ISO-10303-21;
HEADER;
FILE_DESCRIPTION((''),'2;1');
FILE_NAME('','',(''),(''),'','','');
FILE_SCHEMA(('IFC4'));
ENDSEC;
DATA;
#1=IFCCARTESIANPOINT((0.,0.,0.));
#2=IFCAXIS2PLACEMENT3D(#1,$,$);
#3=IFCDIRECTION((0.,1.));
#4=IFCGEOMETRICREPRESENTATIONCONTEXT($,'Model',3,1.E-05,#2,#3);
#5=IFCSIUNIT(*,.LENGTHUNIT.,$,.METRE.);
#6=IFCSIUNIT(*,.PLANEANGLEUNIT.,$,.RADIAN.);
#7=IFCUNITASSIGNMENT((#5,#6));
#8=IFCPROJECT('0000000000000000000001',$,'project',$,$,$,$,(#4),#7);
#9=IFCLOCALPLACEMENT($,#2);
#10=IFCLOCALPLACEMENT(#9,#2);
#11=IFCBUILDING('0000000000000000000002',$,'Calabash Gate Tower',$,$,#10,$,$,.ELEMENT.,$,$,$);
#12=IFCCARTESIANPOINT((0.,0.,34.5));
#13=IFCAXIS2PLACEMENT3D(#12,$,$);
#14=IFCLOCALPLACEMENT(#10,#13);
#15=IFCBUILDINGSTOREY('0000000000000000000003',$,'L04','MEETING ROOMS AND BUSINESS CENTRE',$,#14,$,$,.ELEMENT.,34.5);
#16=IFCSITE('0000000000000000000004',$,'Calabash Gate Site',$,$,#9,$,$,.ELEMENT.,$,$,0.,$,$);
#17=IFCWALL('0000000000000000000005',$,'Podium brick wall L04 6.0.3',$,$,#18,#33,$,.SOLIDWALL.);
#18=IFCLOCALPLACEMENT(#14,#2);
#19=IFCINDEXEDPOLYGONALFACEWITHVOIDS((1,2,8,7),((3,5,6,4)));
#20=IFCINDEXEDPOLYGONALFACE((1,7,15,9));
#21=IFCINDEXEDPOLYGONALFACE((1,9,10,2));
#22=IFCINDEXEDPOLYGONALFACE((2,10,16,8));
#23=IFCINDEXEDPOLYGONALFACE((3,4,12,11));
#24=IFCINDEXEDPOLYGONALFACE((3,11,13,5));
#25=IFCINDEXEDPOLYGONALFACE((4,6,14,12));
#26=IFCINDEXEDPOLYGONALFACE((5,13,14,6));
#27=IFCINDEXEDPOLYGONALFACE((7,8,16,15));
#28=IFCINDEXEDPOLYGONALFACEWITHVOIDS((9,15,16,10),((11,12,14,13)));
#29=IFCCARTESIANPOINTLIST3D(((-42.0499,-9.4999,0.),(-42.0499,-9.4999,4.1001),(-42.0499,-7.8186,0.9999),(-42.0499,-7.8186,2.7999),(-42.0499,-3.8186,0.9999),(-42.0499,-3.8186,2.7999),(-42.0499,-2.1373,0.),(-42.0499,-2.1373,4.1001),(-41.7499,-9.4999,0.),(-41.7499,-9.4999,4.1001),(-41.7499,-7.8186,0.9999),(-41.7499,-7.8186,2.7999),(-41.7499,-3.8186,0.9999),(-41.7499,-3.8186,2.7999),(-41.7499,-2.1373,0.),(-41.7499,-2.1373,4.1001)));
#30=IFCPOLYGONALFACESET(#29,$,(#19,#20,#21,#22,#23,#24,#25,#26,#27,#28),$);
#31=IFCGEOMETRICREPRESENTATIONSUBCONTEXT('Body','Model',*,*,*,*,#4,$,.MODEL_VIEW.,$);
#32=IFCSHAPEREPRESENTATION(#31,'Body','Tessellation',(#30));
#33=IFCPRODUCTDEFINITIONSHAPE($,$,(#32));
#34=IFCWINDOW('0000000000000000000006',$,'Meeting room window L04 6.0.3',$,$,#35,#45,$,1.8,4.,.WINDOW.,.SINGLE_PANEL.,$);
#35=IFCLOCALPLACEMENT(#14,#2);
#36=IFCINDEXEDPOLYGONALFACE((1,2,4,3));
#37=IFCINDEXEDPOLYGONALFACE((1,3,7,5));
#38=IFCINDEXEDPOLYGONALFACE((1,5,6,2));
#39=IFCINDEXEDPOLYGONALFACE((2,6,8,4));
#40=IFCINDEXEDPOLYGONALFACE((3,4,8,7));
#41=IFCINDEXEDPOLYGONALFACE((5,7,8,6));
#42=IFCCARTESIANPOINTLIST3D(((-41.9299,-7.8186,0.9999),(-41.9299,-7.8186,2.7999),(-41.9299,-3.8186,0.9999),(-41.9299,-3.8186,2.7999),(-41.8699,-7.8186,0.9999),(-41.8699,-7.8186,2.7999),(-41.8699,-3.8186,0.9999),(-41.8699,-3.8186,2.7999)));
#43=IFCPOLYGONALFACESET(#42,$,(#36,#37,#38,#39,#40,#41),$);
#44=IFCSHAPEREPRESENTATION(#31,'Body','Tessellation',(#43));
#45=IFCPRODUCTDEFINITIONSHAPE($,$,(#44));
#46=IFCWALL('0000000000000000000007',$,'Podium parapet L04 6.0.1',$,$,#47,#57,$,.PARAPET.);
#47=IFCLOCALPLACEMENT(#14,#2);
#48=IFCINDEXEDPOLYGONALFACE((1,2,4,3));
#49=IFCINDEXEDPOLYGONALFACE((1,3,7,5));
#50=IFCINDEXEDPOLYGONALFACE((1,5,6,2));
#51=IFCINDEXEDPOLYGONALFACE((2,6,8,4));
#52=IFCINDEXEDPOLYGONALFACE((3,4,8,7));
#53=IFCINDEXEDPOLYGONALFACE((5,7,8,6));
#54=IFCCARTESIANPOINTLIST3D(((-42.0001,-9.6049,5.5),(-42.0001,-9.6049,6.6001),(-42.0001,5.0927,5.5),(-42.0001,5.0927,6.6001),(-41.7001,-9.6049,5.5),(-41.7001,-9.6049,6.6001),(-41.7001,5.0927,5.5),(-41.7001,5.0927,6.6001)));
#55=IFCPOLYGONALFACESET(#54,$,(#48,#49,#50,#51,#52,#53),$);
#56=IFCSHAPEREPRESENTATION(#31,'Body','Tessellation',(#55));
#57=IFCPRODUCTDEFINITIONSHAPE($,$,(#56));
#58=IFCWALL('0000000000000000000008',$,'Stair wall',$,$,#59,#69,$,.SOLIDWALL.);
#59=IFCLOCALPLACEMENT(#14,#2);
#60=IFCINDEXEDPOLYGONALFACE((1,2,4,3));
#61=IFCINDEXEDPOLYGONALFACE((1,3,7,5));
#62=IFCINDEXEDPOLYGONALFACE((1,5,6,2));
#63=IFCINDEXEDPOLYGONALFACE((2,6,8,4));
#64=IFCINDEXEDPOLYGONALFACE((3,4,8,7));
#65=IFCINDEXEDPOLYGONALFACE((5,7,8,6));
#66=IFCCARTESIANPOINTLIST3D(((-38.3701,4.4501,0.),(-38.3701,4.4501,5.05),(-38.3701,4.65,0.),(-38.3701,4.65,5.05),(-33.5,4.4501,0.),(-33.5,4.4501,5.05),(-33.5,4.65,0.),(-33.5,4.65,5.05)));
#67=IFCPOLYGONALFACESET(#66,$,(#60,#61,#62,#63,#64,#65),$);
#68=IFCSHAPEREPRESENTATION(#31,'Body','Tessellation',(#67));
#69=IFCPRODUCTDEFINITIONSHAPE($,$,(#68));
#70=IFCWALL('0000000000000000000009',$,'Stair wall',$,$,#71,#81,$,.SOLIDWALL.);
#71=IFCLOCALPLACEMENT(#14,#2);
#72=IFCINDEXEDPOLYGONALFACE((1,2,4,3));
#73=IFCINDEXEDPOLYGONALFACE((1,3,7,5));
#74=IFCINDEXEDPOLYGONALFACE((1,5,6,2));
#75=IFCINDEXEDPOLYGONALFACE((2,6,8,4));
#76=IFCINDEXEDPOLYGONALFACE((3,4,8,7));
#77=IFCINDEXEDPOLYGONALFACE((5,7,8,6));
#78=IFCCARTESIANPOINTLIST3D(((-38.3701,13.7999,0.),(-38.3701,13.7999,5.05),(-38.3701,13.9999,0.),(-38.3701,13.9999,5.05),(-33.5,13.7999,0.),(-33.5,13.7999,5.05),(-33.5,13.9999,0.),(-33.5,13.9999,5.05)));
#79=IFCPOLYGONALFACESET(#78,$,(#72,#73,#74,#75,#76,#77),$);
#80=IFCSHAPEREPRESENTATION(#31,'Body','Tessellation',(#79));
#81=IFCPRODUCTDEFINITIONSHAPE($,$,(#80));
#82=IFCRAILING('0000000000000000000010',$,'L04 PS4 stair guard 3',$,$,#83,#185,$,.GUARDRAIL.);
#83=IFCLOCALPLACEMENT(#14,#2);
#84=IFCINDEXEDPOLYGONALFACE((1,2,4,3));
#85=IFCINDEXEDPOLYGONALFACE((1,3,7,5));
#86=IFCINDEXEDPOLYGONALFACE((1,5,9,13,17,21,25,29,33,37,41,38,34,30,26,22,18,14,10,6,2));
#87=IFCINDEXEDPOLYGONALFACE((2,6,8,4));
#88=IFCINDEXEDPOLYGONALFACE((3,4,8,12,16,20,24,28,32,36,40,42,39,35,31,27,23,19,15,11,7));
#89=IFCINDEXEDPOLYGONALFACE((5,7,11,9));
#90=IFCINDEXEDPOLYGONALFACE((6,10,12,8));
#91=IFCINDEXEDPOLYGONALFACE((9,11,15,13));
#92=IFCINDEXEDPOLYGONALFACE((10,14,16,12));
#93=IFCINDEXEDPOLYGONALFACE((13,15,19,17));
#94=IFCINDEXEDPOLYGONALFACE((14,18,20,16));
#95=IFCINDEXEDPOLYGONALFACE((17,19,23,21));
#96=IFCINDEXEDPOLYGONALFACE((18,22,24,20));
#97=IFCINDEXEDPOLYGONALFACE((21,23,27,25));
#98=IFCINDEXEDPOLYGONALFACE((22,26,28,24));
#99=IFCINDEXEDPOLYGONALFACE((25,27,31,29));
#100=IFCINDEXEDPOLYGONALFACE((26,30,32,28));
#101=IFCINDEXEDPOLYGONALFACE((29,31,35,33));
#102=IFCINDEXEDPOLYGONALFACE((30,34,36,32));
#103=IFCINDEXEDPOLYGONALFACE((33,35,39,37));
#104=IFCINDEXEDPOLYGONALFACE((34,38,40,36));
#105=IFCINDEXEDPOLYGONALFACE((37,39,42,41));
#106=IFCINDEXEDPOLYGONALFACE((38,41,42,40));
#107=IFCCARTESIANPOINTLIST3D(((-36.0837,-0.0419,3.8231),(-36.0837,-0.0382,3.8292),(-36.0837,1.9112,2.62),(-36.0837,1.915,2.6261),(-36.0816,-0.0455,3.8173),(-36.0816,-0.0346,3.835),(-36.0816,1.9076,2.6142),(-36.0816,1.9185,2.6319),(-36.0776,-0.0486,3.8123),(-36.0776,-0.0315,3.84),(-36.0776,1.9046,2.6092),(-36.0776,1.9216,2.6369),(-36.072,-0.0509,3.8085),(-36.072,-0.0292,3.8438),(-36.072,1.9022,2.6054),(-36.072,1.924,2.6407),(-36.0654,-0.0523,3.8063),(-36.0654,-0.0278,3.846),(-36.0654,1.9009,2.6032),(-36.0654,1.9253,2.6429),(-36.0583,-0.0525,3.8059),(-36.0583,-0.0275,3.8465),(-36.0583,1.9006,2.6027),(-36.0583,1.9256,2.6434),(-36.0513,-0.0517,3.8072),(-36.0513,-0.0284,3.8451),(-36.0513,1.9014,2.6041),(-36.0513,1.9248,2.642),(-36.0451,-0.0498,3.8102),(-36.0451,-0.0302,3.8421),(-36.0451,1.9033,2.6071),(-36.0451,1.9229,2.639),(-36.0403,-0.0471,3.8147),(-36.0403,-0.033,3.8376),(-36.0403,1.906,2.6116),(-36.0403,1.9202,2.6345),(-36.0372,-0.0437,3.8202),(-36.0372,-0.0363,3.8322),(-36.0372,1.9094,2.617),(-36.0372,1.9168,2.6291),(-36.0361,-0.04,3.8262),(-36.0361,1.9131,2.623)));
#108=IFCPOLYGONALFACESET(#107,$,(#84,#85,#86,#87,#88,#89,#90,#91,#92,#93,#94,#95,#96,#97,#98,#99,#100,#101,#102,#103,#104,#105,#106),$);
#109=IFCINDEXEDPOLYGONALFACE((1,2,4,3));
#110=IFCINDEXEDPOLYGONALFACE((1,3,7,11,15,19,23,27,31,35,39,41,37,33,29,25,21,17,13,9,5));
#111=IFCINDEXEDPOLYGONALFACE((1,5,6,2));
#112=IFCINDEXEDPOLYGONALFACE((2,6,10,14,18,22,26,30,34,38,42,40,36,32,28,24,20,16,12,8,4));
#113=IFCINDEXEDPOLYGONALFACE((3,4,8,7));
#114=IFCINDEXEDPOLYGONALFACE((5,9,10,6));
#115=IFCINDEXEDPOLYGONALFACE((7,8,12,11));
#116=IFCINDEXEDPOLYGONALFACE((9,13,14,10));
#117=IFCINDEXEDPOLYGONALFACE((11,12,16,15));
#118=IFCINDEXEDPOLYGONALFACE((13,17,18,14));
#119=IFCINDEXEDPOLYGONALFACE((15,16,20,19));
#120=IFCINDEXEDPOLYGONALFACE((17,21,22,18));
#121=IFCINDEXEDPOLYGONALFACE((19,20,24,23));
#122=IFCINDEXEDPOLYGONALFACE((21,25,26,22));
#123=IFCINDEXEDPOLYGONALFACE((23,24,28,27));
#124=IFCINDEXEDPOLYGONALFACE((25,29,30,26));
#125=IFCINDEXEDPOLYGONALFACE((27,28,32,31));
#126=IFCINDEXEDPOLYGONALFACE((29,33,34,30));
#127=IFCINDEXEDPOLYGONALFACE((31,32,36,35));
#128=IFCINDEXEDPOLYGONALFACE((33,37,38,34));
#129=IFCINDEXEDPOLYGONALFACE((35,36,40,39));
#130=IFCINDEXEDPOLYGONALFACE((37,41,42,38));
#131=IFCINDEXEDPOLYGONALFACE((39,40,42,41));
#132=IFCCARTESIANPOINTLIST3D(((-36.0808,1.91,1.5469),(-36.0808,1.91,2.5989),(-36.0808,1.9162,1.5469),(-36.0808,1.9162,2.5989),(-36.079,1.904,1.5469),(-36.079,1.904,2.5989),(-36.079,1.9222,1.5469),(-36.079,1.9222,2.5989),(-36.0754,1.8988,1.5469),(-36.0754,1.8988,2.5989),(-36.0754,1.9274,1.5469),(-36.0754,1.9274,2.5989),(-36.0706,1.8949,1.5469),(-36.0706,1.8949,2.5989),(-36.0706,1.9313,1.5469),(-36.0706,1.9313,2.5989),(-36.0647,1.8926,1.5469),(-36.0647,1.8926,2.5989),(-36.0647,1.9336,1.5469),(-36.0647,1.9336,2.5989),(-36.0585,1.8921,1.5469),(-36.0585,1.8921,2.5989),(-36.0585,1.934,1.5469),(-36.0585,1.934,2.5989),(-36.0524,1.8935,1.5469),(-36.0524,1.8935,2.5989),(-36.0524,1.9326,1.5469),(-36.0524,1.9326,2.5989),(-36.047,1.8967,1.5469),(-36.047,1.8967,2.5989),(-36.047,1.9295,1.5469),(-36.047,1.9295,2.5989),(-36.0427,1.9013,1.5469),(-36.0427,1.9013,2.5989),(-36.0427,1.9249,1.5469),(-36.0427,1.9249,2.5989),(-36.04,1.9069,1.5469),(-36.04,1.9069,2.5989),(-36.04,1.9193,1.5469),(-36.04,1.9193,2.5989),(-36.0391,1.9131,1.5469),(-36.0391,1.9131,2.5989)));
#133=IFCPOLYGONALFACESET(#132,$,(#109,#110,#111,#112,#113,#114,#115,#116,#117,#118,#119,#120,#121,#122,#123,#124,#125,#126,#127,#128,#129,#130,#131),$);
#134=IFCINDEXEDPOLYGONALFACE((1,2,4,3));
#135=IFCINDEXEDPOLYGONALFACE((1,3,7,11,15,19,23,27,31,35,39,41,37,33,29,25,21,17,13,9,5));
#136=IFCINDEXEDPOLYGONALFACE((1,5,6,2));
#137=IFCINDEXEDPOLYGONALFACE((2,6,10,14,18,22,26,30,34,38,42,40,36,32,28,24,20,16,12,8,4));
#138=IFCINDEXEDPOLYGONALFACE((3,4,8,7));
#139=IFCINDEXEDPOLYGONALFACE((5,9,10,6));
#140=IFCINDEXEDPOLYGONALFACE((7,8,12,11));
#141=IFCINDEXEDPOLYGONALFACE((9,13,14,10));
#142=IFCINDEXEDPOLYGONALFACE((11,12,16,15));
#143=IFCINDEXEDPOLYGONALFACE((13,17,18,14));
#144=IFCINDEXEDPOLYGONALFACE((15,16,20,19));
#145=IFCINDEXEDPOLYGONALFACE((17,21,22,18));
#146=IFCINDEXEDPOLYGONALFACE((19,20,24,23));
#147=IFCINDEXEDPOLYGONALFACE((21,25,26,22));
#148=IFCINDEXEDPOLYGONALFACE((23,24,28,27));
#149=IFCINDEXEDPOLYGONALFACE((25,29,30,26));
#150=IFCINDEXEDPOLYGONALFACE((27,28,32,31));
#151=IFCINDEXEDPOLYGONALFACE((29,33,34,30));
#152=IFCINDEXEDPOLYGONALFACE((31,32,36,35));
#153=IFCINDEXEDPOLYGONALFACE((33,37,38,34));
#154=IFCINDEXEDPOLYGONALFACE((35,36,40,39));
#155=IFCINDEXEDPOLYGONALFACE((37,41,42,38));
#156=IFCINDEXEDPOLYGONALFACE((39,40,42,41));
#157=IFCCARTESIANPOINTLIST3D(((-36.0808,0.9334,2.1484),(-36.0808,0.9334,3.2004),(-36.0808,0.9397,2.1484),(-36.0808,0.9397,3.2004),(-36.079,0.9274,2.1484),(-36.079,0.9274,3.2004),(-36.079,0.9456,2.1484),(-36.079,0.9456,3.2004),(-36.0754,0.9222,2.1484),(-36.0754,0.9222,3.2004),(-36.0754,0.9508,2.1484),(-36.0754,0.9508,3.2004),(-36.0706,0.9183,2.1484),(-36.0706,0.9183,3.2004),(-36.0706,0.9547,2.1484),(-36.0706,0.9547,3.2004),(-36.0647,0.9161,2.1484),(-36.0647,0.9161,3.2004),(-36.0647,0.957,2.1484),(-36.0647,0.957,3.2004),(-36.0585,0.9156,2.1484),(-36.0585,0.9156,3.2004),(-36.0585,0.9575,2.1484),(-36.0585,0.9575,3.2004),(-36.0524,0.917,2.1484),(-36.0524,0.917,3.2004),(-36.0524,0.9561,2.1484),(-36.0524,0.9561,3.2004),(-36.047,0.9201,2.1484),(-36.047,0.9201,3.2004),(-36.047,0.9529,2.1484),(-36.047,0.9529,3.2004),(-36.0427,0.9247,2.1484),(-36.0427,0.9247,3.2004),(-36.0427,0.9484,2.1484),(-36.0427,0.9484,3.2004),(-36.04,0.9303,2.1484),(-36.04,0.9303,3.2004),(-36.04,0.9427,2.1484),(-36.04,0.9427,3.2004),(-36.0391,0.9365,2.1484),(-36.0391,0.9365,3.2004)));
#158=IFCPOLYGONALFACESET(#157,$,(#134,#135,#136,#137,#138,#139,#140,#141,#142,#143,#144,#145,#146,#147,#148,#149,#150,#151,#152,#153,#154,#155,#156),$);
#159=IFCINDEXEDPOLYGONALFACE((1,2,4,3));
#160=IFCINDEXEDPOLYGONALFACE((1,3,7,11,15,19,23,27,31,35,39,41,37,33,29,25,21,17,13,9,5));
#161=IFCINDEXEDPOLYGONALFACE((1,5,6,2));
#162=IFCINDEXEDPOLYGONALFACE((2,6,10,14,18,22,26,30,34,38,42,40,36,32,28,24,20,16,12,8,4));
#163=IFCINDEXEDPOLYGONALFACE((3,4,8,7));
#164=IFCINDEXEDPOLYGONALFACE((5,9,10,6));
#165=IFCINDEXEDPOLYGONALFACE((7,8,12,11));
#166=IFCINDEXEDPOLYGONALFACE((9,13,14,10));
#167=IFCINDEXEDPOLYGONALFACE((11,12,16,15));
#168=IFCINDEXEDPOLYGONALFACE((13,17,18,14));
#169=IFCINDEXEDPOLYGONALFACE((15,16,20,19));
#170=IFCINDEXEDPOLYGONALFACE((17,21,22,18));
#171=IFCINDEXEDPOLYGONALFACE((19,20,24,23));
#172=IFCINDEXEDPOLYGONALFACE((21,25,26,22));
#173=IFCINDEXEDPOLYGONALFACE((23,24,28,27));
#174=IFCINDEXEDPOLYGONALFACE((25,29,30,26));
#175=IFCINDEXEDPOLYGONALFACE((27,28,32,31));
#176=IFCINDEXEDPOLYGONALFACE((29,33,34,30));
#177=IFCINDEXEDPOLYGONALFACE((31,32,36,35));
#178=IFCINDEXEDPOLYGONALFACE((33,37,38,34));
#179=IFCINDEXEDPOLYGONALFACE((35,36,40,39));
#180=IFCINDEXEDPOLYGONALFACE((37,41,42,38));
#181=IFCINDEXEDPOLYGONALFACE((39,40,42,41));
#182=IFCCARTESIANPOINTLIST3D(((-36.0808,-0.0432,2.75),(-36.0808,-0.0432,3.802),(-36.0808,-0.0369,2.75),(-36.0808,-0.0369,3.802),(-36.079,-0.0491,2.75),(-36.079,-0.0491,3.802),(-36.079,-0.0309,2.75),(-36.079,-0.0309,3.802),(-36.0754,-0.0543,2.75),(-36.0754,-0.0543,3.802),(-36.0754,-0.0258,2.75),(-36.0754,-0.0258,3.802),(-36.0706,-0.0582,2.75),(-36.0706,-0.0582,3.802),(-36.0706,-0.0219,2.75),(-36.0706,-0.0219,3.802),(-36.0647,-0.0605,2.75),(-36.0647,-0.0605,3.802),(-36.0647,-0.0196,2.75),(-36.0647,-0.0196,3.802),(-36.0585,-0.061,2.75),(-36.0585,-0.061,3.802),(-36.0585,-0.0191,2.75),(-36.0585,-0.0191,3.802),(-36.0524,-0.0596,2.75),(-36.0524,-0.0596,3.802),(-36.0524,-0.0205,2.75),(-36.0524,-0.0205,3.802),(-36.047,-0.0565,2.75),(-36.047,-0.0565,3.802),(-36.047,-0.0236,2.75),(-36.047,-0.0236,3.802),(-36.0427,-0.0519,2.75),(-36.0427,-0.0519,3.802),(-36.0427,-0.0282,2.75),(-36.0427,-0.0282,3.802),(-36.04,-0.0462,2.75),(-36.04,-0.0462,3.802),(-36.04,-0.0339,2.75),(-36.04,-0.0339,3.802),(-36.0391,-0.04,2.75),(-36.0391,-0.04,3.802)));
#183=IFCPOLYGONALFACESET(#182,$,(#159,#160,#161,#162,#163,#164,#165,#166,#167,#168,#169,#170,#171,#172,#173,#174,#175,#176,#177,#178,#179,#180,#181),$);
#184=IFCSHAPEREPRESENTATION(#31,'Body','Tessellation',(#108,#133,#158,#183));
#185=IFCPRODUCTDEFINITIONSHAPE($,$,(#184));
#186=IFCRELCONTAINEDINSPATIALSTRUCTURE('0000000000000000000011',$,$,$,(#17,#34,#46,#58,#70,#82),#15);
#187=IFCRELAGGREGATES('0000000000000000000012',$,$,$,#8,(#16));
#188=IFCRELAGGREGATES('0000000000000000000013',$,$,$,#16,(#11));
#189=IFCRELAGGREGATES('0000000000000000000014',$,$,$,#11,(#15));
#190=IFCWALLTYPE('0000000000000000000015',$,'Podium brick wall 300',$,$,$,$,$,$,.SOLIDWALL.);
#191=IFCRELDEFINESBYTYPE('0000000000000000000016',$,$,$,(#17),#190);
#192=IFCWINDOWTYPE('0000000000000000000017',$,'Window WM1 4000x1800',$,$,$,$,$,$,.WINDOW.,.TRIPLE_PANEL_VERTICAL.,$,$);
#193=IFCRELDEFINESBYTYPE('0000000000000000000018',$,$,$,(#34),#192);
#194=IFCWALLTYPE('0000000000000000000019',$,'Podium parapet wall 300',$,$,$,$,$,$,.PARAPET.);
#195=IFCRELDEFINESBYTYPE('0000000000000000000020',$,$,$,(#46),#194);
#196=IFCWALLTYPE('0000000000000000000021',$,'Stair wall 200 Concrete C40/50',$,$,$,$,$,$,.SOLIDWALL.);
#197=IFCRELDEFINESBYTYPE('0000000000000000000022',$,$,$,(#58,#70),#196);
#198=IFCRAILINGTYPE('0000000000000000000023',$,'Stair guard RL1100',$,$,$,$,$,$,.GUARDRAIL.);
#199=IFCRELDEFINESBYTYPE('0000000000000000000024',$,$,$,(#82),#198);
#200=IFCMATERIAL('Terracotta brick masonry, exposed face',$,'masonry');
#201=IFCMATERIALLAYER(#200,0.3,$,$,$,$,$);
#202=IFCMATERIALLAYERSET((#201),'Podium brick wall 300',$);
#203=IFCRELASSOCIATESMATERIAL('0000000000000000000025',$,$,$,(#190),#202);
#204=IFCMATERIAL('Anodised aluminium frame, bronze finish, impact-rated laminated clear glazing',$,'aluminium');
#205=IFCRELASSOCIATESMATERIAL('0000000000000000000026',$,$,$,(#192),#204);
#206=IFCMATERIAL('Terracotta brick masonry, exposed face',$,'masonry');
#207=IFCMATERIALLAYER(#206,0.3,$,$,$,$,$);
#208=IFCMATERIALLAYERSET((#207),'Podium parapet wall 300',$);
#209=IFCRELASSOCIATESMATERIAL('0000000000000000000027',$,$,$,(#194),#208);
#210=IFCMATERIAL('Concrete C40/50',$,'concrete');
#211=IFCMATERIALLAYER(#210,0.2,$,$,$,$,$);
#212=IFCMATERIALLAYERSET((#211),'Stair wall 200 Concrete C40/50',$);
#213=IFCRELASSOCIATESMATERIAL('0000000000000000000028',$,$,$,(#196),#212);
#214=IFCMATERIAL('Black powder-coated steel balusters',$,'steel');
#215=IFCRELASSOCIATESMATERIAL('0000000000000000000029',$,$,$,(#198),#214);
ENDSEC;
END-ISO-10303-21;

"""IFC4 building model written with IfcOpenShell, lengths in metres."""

from ifc_helpers import new_model, si_unit, direction, frame, frame_2d, origin, origin_2d, place, context, subcontext, project, spatial, rectangle, circle, extrude, material, layer, layer_set, type_object, element, fill, save


model = new_model("IFC4")

# Units and contexts
model_context = context("Model", 3, precision=1e-05, world=origin(), true_north=direction((0.0, 1.0)))
body_context = subcontext(model_context, "Body", "Model", "MODEL_VIEW")
ifc_project = project(units=[si_unit("LENGTHUNIT", "METRE"), si_unit("PLANEANGLEUNIT", "RADIAN")], contexts=[model_context])

# Site, building, storey
site_placement = place(None, origin())
site = spatial("IfcSite", under=ifc_project, at=site_placement, Name="Calabash Gate Site", CompositionType="ELEMENT", RefElevation=0.0)
building_placement = place(site_placement, origin())
building = spatial("IfcBuilding", under=site, at=building_placement, Name="Calabash Gate Tower", CompositionType="ELEMENT")
storey_placement = place(building_placement, frame((0.0, 0.0, 34.5)))
storey = spatial("IfcBuildingStorey", under=building, at=storey_placement, Name="L04", Description="MEETING ROOMS AND BUSINESS CENTRE", CompositionType="ELEMENT", Elevation=34.5)

# Wall, opening, window
ifc_material_1 = material(Name="Terracotta brick masonry, exposed face", Category="masonry")
ifc_layer_1 = layer(ifc_material_1, 0.3)
ifc_layer_set_1 = layer_set([ifc_layer_1], Name="Podium brick wall 300")
wall_type_1 = type_object("IfcWallType", Name="Podium brick wall 300", PredefinedType="SOLIDWALL", material=ifc_layer_set_1)
ifc_material_2 = material(Name="Anodised aluminium frame, bronze finish, impact-rated laminated clear glazing", Category="aluminium")
window_type = type_object("IfcWindowType", Name="Window WM1 4000x1800", PartitioningType="TRIPLE_PANEL_VERTICAL", PredefinedType="WINDOW", material=ifc_material_2)
wall_1_placement = place(storey_placement, frame((-41.8999, -2.1375, 0.0), z_axis=(0.0, 0.0, 1.0), x_axis=(0.0, -1.0, 0.0)))
wall_1 = element("IfcWall", 1, at=wall_1_placement, inside=storey, type_object=wall_type_1, Name="Podium brick wall L04 6.0.3", PredefinedType="SOLIDWALL", context=body_context, shape_type="SweptSolid", body=[
    extrude(rectangle(XDim=7.3625, YDim=0.3, at=frame_2d((3.6812, 0.0))), origin(), (0.0, 0.0, 1.0), 4.1001),
])
opening_1_placement = place(wall_1_placement, frame((1.6812, 0.0, 1.0)))
opening_1 = element("IfcOpeningElement", 2, at=opening_1_placement, cuts=wall_1, PredefinedType="OPENING", context=body_context, shape_type="SweptSolid", body=[
    extrude(rectangle(XDim=4.0, YDim=1.8, at=frame_2d((2.0, 0.8999))), frame((0.0, 0.1599, 0.0), z_axis=(0.0, -1.0, 0.0), x_axis=(1.0, 0.0, 0.0)), (0.0, 0.0, 1.0), 0.3201),
])
window_1_placement = place(opening_1_placement, origin())
window_1 = element("IfcWindow", 3, at=window_1_placement, inside=storey, type_object=window_type, Name="Meeting room window L04 6.0.3", OverallHeight=1.8, OverallWidth=4.0, PartitioningType="SINGLE_PANEL", PredefinedType="WINDOW", context=body_context, shape_type="SweptSolid", body=[
    extrude(rectangle(XDim=4.0, YDim=1.8, at=frame_2d((2.0, 0.8999))), frame((0.0, 0.03, 0.0), z_axis=(0.0, -1.0, 0.0), x_axis=(1.0, 0.0, 0.0)), (0.0, 0.0, 1.0), 0.0601),
])
fill(opening_1, window_1)

# Walls
ifc_material_3 = material(Name="Terracotta brick masonry, exposed face", Category="masonry")
ifc_layer_2 = layer(ifc_material_3, 0.3)
ifc_layer_set_2 = layer_set([ifc_layer_2], Name="Podium parapet wall 300")
wall_type_2 = type_object("IfcWallType", Name="Podium parapet wall 300", PredefinedType="PARAPET", material=ifc_layer_set_2)
wall_2_placement = place(storey_placement, frame((-41.8501, 5.0925, 5.5), z_axis=(0.0, 0.0, 1.0), x_axis=(0.0, -1.0, 0.0)))
element("IfcWall", 4, at=wall_2_placement, inside=storey, type_object=wall_type_2, Name="Podium parapet L04 6.0.1", PredefinedType="PARAPET", context=body_context, shape_type="SweptSolid", body=[
    extrude(rectangle(XDim=14.6975, YDim=0.3, at=frame_2d((7.3486, 0.0))), origin(), (0.0, 0.0, 1.0), 1.1001),
])
ifc_material_4 = material(Name="Concrete C40/50", Category="concrete")
ifc_layer_3 = layer(ifc_material_4, 0.2)
ifc_layer_set_3 = layer_set([ifc_layer_3], Name="Stair wall 200 Concrete C40/50")
wall_type_3 = type_object("IfcWallType", Name="Stair wall 200 Concrete C40/50", PredefinedType="SOLIDWALL", material=ifc_layer_set_3)
for number, where, z_axis, x_axis, name in (
    (5, (-38.3701, 4.55, 0.0), (0.0, 0.0, 1.0), (1.0, 0.0, 0.0), "Stair wall"),
    (6, (-38.3701, 13.8999, 0.0), (0.0, 0.0, 1.0), (1.0, 0.0, 0.0), "Stair wall"),
):
    element("IfcWall", number, at=place(storey_placement, frame(where, z_axis=z_axis, x_axis=x_axis)), inside=storey, type_object=wall_type_3, Name=name, PredefinedType="SOLIDWALL", context=body_context, shape_type="SweptSolid", body=[
        extrude(rectangle(XDim=4.8701, YDim=0.2, at=frame_2d((2.4351, 0.0))), origin(), (0.0, 0.0, 1.0), 5.05),
    ])

# Railing
ifc_material_5 = material(Name="Black powder-coated steel balusters", Category="steel")
railing_type_1 = type_object("IfcRailingType", Name="Stair guard RL1100", PredefinedType="GUARDRAIL", material=ifc_material_5)
for number, where, name in (
    (7, (-36.0601, 1.9131, 1.5469), "L04 PS4 stair guard 3"),
):
    element("IfcRailing", number, at=place(storey_placement, frame(where)), inside=storey, type_object=railing_type_1, Name=name, PredefinedType="GUARDRAIL", context=body_context, shape_type="SweptSolid", body=[
        extrude(circle(Radius=0.0239, at=origin_2d()), frame((0.0, 0.0, 1.0762), z_axis=(0.0, -0.851424, 0.524477), x_axis=(1.0, 0.0, 0.0)), (0.0, 0.0, 1.0), 2.2939),
        extrude(circle(Radius=0.021, at=origin_2d()), origin(), (0.0, 0.0, 1.0), 1.052),
        extrude(circle(Radius=0.021, at=origin_2d()), frame((0.0, -0.9766, 0.6016)), (0.0, 0.0, 1.0), 1.052),
        extrude(circle(Radius=0.021, at=origin_2d()), frame((0.0, -1.9531, 1.2031)), (0.0, 0.0, 1.0), 1.052),
    ])

save(model, "model.ifc")
